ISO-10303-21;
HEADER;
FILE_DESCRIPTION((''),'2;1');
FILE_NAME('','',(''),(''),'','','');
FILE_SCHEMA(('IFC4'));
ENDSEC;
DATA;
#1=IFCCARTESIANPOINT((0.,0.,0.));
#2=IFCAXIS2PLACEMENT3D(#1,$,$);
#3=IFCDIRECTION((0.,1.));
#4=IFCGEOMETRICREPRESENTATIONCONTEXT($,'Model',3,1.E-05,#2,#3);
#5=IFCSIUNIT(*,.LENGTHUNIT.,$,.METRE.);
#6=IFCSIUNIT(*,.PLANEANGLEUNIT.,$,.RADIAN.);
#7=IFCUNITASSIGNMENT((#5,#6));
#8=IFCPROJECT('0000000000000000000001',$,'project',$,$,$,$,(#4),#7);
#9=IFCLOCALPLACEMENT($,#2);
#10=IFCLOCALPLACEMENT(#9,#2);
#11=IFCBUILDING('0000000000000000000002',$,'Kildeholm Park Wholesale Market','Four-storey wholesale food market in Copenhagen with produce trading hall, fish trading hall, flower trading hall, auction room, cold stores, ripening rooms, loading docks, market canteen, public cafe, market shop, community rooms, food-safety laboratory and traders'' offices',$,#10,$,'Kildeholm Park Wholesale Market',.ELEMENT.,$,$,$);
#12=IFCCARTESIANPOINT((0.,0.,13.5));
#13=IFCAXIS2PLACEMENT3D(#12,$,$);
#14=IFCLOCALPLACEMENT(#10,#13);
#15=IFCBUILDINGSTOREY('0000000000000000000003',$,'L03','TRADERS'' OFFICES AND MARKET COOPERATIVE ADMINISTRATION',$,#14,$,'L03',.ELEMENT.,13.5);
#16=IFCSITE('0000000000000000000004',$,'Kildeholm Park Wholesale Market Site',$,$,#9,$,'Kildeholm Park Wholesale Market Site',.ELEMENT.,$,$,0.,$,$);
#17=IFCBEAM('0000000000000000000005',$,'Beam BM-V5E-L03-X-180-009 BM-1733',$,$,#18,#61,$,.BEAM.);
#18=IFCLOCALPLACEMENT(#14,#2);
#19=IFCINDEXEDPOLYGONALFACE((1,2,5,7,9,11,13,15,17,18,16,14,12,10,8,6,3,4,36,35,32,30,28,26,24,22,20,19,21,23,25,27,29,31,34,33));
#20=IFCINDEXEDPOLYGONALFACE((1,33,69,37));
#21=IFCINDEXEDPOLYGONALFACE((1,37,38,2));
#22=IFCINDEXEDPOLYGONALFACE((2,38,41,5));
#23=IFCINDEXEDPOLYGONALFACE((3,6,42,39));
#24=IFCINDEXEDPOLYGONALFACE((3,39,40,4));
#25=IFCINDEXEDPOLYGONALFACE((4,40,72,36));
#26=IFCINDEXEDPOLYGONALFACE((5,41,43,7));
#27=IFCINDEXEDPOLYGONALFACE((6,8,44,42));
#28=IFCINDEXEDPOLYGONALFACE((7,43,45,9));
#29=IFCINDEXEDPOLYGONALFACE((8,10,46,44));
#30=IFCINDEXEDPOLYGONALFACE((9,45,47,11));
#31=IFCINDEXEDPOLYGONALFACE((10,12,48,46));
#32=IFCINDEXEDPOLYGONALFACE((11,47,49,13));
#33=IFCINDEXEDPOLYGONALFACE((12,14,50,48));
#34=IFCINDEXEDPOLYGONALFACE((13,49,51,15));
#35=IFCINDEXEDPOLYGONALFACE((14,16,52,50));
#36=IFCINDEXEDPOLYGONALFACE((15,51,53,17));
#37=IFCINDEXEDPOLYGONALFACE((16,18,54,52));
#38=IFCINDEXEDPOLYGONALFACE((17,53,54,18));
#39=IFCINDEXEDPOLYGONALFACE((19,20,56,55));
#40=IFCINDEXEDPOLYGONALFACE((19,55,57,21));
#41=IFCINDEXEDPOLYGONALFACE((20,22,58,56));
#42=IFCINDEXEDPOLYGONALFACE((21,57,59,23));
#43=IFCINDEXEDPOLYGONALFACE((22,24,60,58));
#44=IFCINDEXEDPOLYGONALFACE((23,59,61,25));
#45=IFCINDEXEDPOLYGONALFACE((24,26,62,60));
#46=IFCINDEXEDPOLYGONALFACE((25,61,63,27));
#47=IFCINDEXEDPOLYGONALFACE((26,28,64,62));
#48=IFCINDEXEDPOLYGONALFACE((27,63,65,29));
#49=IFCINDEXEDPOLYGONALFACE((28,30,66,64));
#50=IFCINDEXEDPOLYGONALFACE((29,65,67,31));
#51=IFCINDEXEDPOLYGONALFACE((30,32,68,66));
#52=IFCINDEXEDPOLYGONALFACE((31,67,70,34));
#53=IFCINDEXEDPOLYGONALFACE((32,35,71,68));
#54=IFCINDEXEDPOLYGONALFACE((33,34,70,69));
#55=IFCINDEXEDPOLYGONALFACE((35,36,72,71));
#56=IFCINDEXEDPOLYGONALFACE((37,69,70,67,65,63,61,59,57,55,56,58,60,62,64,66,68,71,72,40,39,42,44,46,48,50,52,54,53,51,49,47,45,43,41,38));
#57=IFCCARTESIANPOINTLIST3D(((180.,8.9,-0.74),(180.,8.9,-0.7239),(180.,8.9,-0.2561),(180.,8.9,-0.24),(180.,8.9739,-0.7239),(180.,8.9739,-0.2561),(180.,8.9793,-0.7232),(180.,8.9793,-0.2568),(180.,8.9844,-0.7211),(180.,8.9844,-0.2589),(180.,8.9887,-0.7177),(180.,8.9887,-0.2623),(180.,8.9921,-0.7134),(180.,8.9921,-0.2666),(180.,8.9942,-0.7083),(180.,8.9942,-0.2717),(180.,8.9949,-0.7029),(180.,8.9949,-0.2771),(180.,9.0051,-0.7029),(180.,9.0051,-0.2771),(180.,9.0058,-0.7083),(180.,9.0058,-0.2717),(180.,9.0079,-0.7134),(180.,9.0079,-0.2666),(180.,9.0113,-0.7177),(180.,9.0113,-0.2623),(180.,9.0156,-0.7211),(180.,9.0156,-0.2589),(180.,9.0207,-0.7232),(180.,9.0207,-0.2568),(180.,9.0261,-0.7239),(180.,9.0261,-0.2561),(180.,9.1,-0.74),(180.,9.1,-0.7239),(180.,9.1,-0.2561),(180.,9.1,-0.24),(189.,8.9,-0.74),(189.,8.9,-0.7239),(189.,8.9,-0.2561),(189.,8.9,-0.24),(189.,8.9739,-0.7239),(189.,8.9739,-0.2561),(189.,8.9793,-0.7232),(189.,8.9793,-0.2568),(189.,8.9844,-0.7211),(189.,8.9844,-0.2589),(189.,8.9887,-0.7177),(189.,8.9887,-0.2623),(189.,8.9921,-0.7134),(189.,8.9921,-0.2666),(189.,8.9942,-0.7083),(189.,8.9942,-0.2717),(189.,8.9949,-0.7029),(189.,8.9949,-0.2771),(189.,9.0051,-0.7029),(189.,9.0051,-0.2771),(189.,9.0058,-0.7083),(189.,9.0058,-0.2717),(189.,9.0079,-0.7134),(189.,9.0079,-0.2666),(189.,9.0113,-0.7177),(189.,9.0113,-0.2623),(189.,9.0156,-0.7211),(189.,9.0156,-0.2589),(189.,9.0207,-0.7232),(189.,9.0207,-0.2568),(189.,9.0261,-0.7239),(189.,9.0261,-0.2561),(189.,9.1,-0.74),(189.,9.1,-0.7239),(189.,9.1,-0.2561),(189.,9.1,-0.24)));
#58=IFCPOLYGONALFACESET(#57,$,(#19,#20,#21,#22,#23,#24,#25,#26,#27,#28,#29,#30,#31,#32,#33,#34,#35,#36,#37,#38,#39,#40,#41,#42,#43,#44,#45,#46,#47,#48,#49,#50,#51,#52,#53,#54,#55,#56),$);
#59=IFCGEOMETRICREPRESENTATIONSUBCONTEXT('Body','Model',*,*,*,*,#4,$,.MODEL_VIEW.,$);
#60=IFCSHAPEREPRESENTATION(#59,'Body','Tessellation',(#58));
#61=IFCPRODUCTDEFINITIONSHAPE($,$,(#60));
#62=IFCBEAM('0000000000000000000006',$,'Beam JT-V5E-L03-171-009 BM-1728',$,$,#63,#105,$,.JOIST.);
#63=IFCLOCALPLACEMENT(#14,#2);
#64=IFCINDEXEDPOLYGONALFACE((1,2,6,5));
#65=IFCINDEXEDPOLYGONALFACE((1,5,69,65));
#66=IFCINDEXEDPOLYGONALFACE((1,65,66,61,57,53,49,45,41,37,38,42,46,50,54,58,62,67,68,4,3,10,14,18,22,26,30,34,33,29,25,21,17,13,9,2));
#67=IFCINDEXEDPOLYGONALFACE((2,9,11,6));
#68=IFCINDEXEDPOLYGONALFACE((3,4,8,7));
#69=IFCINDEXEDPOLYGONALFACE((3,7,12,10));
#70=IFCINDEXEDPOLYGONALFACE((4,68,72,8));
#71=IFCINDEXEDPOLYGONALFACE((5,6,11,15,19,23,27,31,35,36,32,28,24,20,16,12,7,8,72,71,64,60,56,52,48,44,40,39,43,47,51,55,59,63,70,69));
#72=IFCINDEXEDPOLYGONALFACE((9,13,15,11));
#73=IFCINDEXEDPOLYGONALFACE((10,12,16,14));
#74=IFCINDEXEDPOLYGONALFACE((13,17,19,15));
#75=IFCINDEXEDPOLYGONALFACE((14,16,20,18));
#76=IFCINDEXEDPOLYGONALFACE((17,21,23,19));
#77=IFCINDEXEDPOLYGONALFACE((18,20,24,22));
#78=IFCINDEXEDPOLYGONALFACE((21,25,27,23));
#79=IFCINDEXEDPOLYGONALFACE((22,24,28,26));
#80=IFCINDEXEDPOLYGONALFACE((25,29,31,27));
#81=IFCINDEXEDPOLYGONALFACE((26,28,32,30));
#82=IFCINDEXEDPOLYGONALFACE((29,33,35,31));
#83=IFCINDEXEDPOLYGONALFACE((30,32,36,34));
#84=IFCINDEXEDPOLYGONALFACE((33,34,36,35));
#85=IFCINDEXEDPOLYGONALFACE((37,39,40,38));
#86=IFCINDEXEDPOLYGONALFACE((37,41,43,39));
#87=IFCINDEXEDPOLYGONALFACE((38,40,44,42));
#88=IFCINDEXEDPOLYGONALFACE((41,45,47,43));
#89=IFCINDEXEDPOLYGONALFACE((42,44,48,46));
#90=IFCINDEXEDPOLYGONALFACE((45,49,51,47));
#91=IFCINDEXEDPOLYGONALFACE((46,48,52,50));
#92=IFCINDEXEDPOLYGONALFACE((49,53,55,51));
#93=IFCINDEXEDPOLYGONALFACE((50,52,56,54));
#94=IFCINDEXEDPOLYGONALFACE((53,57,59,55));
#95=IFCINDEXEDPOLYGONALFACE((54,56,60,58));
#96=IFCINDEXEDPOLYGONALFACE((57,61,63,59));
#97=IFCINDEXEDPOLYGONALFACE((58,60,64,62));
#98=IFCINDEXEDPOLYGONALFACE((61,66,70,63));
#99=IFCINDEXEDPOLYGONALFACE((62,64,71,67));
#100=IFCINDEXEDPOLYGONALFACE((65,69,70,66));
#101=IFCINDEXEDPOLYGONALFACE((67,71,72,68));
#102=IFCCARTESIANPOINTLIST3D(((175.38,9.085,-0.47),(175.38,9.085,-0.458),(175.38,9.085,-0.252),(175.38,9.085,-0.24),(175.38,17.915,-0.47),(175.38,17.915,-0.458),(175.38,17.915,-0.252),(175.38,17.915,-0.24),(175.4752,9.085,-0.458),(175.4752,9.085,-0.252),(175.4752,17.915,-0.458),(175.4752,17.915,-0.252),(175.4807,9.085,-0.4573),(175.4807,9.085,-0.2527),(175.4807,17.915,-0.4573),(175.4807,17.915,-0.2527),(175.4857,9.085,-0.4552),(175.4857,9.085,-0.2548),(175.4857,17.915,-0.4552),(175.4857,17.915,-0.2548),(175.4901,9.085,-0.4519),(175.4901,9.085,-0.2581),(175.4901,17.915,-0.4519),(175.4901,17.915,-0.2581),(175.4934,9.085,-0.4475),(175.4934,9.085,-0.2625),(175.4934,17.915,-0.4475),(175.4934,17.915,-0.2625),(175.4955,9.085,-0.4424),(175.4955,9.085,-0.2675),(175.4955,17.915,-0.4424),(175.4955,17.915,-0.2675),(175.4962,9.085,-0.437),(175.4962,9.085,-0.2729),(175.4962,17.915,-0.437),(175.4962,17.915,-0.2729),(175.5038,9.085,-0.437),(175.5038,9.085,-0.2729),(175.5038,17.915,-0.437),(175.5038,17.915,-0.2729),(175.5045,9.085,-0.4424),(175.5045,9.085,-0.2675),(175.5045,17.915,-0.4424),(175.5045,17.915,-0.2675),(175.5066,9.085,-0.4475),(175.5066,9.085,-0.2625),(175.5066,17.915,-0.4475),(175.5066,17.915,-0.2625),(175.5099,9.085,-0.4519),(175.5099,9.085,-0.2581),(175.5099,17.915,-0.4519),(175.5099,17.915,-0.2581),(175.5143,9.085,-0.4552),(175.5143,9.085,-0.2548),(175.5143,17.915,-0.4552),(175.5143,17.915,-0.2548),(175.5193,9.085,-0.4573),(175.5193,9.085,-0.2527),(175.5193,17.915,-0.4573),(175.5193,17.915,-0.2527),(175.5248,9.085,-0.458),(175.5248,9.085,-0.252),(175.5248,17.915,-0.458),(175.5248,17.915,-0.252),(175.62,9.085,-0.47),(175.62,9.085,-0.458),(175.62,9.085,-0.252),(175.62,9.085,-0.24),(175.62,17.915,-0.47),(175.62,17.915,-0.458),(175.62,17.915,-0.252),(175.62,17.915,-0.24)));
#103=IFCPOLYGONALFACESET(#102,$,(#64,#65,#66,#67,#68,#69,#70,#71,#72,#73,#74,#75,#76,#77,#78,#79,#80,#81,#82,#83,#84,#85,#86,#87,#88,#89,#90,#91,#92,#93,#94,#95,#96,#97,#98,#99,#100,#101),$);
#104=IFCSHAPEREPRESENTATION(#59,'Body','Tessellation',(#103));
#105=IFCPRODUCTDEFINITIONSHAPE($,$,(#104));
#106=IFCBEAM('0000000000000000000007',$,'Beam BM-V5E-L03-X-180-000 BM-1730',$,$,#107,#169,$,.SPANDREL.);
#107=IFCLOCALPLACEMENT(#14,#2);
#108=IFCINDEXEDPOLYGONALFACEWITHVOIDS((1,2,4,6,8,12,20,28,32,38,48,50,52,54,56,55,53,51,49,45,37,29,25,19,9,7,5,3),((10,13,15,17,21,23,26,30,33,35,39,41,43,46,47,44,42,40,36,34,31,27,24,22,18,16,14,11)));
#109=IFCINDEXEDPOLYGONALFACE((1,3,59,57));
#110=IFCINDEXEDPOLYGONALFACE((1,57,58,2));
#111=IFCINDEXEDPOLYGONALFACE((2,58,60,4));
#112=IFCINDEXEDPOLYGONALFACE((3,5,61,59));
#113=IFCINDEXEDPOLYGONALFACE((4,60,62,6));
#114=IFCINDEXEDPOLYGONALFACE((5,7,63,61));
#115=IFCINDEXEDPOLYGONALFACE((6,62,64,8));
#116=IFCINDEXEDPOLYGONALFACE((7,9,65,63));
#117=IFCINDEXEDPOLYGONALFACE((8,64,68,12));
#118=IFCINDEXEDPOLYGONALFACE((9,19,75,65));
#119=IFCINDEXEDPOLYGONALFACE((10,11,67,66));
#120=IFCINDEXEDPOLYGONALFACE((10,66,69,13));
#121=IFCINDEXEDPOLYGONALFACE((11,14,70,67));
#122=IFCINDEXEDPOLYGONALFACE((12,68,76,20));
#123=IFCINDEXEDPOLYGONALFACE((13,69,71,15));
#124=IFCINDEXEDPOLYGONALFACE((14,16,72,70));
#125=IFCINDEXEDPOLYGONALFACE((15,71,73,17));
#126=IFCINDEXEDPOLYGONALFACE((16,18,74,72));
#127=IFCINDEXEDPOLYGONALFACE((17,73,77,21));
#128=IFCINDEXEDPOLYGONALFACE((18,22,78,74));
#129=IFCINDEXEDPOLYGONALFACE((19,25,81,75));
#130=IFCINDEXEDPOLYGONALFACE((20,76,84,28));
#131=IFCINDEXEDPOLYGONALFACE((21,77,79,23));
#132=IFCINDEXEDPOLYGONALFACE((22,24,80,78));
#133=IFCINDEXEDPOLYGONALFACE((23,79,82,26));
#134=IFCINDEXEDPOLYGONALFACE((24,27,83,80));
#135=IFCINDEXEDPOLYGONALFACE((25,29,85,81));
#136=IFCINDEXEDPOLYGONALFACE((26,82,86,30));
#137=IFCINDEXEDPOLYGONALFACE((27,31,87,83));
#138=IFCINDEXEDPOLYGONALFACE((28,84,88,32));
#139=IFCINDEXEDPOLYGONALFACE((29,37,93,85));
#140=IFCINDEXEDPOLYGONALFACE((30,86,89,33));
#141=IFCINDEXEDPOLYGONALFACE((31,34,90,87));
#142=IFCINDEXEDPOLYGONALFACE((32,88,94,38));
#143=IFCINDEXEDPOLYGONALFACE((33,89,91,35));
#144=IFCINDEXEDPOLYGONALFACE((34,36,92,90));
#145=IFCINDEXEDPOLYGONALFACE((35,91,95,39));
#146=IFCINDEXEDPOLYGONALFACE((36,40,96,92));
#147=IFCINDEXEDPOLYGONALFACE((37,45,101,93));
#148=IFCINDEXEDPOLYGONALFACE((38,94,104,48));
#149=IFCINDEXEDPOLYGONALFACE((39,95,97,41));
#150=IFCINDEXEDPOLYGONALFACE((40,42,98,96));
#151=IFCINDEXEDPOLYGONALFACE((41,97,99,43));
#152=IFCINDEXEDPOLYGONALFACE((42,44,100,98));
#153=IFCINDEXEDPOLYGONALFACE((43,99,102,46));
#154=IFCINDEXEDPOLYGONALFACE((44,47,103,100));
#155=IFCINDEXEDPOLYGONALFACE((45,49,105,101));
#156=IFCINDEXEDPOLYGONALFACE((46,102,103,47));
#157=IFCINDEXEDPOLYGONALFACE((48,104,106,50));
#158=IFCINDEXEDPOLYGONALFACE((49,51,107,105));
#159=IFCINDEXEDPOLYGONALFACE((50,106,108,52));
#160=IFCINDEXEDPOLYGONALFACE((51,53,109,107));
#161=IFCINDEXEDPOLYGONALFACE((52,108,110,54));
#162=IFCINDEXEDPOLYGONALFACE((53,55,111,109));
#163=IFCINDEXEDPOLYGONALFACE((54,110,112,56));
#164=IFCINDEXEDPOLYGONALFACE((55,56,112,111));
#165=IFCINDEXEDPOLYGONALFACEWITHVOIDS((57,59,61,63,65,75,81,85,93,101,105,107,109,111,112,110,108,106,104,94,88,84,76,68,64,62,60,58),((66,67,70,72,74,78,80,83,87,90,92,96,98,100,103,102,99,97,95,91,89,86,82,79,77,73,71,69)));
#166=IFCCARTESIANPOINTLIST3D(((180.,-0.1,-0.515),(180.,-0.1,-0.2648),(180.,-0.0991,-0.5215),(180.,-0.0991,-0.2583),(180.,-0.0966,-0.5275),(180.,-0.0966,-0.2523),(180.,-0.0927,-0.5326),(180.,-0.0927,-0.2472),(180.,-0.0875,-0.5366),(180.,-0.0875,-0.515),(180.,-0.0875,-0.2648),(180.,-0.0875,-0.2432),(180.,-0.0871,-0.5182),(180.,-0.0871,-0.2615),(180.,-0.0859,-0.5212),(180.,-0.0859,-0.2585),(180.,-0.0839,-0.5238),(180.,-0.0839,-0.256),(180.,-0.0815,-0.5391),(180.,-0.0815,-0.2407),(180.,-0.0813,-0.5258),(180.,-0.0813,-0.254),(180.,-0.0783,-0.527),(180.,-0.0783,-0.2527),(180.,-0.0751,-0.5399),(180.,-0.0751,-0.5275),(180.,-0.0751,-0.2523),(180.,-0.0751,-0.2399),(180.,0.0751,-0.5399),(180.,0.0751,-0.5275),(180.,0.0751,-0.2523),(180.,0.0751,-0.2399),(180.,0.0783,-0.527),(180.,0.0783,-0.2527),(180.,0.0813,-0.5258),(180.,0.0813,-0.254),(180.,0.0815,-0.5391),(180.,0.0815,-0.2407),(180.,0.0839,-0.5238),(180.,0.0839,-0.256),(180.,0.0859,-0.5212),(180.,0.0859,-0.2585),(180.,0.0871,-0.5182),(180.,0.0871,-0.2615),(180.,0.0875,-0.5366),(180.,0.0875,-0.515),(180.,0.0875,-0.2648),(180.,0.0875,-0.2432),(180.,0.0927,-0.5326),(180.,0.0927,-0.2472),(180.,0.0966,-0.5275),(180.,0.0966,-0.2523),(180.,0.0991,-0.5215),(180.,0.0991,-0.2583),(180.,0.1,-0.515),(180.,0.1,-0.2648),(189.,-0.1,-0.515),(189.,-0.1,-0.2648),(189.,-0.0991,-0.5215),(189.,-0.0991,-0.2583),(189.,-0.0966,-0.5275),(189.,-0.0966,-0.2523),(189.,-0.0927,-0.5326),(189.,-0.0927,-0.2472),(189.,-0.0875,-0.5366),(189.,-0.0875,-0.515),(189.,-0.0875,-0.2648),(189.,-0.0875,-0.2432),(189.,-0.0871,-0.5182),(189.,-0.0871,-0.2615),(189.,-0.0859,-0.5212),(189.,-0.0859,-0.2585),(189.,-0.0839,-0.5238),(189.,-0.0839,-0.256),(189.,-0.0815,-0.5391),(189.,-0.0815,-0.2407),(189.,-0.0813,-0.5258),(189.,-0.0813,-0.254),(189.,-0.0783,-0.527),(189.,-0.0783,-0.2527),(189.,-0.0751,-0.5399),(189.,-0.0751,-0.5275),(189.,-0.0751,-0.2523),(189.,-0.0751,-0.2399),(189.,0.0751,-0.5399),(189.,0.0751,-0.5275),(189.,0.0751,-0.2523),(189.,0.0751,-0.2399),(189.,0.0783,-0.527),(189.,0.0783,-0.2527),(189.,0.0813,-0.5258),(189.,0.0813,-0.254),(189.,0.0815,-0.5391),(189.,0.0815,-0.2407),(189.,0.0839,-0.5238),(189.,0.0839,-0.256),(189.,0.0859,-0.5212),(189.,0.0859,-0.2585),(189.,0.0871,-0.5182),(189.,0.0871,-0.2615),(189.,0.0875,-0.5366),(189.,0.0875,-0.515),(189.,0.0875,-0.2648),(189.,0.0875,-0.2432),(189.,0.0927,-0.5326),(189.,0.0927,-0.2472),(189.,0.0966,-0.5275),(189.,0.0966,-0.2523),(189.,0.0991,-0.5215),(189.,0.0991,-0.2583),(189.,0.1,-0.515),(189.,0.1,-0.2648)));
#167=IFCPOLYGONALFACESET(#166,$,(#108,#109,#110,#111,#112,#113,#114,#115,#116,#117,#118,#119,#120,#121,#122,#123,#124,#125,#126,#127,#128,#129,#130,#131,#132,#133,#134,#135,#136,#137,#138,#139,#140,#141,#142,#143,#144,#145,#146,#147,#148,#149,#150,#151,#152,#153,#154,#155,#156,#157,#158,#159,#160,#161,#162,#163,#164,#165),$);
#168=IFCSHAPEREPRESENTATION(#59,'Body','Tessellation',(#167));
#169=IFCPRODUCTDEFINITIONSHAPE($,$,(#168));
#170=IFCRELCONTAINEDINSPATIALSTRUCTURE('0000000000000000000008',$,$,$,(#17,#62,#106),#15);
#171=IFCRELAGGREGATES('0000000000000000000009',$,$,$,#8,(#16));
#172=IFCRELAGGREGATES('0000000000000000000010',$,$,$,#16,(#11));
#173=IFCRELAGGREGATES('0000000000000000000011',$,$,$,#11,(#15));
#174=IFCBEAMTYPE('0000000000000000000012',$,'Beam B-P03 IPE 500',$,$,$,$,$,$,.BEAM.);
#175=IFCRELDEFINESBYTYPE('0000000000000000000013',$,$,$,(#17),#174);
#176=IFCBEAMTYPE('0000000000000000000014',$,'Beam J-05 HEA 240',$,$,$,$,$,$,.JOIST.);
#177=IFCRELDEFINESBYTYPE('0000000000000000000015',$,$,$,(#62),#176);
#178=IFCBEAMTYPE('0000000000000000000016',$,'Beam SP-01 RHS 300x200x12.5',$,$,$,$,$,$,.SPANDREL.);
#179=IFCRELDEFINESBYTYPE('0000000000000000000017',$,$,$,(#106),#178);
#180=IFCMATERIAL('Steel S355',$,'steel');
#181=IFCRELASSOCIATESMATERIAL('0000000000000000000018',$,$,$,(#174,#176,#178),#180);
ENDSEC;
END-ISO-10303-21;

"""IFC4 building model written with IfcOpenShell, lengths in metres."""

from ifc_helpers import new_model, si_unit, direction, frame, origin, origin_2d, place, context, subcontext, project, spatial, hollow_rectangle, i_section, extrude, material, material_profile, profile_set, type_object, element, save


model = new_model("IFC4")

# Units and contexts
model_context = context("Model", 3, precision=1e-05, world=origin(), true_north=direction((0.0, 1.0)))
body_context = subcontext(model_context, "Body", "Model", "MODEL_VIEW")
ifc_project = project(units=[si_unit("LENGTHUNIT", "METRE"), si_unit("PLANEANGLEUNIT", "RADIAN")], contexts=[model_context])

# Site, building, storey
site_placement = place(None, origin())
site = spatial("IfcSite", under=ifc_project, at=site_placement, Name="Kildeholm Park Wholesale Market Site", LongName="Kildeholm Park Wholesale Market Site", CompositionType="ELEMENT", RefElevation=0.0)
building_placement = place(site_placement, origin())
building = spatial("IfcBuilding", under=site, at=building_placement, Name="Kildeholm Park Wholesale Market", Description="Four-storey wholesale food market in Copenhagen with produce trading hall, fish trading hall, flower trading hall, auction room, cold stores, ripening rooms, loading docks, market canteen, public cafe, market shop, community rooms, food-safety laboratory and traders' offices", LongName="Kildeholm Park Wholesale Market", CompositionType="ELEMENT")
storey_placement = place(building_placement, frame((0.0, 0.0, 13.5)))
storey = spatial("IfcBuildingStorey", under=building, at=storey_placement, Name="L03", Description="TRADERS' OFFICES AND MARKET COOPERATIVE ADMINISTRATION", LongName="L03", CompositionType="ELEMENT", Elevation=13.5)

# Shared definitions
ifc_material_1 = material(Name="Steel S355", Category="steel")

# Beams
ifc_material_profile_1 = material_profile(ifc_material_1, i_section(OverallWidth=0.2, OverallDepth=0.5, WebThickness=0.0103, FlangeThickness=0.0161, FilletRadius=0.021, at=origin_2d()), Name="IPE 500")
ifc_profile_set_1 = profile_set([ifc_material_profile_1], Name="Steel S355")
beam_type_1 = type_object("IfcBeamType", Name="Beam B-P03 IPE 500", PredefinedType="BEAM", material=ifc_profile_set_1)
beam_1_placement = place(storey_placement, frame((180.0, 9.0, -0.49), z_axis=(1.0, 0.0, 0.0), x_axis=(0.0, 1.0, 0.0)))
element("IfcBeam", 1, at=beam_1_placement, inside=storey, type_object=beam_type_1, Name="Beam BM-V5E-L03-X-180-009 BM-1733", PredefinedType="BEAM", context=body_context, shape_type="SweptSolid", body=[
    extrude(i_section(OverallWidth=0.2, OverallDepth=0.5, WebThickness=0.0103, FlangeThickness=0.0161, FilletRadius=0.021, at=origin_2d()), origin(), (0.0, 0.0, 1.0), 9.0),
])
ifc_material_profile_2 = material_profile(ifc_material_1, i_section(OverallWidth=0.24, OverallDepth=0.23, WebThickness=0.0076, FlangeThickness=0.012, FilletRadius=0.021, at=origin_2d()), Name="HEA 240")
ifc_profile_set_2 = profile_set([ifc_material_profile_2], Name="Steel S355")
beam_type_2 = type_object("IfcBeamType", Name="Beam J-05 HEA 240", PredefinedType="JOIST", material=ifc_profile_set_2)
beam_2_placement = place(storey_placement, frame((175.5, 9.085, -0.355), z_axis=(0.0, 1.0, 0.0), x_axis=(-1.0, 0.0, 0.0)))
element("IfcBeam", 2, at=beam_2_placement, inside=storey, type_object=beam_type_2, Name="Beam JT-V5E-L03-171-009 BM-1728", PredefinedType="JOIST", context=body_context, shape_type="SweptSolid", body=[
    extrude(i_section(OverallWidth=0.24, OverallDepth=0.23, WebThickness=0.0076, FlangeThickness=0.012, FilletRadius=0.021, at=origin_2d()), origin(), (0.0, 0.0, 1.0), 8.8301),
])
ifc_material_profile_3 = material_profile(ifc_material_1, hollow_rectangle(XDim=0.2, YDim=0.3, WallThickness=0.0125, InnerFilletRadius=0.0125, OuterFilletRadius=0.0249, at=origin_2d()), Name="RHS 300x200x12.5")
ifc_profile_set_3 = profile_set([ifc_material_profile_3], Name="Steel S355")
beam_type_3 = type_object("IfcBeamType", Name="Beam SP-01 RHS 300x200x12.5", PredefinedType="SPANDREL", material=ifc_profile_set_3)
beam_3_placement = place(storey_placement, frame((180.0, 0.0, -0.3899), z_axis=(1.0, 0.0, 0.0), x_axis=(0.0, 1.0, 0.0)))
element("IfcBeam", 3, at=beam_3_placement, inside=storey, type_object=beam_type_3, Name="Beam BM-V5E-L03-X-180-000 BM-1730", PredefinedType="SPANDREL", context=body_context, shape_type="SweptSolid", body=[
    extrude(hollow_rectangle(XDim=0.2, YDim=0.3, WallThickness=0.0125, InnerFilletRadius=0.0125, OuterFilletRadius=0.0249, at=origin_2d()), origin(), (0.0, 0.0, 1.0), 9.0),
])

save(model, "model.ifc")
